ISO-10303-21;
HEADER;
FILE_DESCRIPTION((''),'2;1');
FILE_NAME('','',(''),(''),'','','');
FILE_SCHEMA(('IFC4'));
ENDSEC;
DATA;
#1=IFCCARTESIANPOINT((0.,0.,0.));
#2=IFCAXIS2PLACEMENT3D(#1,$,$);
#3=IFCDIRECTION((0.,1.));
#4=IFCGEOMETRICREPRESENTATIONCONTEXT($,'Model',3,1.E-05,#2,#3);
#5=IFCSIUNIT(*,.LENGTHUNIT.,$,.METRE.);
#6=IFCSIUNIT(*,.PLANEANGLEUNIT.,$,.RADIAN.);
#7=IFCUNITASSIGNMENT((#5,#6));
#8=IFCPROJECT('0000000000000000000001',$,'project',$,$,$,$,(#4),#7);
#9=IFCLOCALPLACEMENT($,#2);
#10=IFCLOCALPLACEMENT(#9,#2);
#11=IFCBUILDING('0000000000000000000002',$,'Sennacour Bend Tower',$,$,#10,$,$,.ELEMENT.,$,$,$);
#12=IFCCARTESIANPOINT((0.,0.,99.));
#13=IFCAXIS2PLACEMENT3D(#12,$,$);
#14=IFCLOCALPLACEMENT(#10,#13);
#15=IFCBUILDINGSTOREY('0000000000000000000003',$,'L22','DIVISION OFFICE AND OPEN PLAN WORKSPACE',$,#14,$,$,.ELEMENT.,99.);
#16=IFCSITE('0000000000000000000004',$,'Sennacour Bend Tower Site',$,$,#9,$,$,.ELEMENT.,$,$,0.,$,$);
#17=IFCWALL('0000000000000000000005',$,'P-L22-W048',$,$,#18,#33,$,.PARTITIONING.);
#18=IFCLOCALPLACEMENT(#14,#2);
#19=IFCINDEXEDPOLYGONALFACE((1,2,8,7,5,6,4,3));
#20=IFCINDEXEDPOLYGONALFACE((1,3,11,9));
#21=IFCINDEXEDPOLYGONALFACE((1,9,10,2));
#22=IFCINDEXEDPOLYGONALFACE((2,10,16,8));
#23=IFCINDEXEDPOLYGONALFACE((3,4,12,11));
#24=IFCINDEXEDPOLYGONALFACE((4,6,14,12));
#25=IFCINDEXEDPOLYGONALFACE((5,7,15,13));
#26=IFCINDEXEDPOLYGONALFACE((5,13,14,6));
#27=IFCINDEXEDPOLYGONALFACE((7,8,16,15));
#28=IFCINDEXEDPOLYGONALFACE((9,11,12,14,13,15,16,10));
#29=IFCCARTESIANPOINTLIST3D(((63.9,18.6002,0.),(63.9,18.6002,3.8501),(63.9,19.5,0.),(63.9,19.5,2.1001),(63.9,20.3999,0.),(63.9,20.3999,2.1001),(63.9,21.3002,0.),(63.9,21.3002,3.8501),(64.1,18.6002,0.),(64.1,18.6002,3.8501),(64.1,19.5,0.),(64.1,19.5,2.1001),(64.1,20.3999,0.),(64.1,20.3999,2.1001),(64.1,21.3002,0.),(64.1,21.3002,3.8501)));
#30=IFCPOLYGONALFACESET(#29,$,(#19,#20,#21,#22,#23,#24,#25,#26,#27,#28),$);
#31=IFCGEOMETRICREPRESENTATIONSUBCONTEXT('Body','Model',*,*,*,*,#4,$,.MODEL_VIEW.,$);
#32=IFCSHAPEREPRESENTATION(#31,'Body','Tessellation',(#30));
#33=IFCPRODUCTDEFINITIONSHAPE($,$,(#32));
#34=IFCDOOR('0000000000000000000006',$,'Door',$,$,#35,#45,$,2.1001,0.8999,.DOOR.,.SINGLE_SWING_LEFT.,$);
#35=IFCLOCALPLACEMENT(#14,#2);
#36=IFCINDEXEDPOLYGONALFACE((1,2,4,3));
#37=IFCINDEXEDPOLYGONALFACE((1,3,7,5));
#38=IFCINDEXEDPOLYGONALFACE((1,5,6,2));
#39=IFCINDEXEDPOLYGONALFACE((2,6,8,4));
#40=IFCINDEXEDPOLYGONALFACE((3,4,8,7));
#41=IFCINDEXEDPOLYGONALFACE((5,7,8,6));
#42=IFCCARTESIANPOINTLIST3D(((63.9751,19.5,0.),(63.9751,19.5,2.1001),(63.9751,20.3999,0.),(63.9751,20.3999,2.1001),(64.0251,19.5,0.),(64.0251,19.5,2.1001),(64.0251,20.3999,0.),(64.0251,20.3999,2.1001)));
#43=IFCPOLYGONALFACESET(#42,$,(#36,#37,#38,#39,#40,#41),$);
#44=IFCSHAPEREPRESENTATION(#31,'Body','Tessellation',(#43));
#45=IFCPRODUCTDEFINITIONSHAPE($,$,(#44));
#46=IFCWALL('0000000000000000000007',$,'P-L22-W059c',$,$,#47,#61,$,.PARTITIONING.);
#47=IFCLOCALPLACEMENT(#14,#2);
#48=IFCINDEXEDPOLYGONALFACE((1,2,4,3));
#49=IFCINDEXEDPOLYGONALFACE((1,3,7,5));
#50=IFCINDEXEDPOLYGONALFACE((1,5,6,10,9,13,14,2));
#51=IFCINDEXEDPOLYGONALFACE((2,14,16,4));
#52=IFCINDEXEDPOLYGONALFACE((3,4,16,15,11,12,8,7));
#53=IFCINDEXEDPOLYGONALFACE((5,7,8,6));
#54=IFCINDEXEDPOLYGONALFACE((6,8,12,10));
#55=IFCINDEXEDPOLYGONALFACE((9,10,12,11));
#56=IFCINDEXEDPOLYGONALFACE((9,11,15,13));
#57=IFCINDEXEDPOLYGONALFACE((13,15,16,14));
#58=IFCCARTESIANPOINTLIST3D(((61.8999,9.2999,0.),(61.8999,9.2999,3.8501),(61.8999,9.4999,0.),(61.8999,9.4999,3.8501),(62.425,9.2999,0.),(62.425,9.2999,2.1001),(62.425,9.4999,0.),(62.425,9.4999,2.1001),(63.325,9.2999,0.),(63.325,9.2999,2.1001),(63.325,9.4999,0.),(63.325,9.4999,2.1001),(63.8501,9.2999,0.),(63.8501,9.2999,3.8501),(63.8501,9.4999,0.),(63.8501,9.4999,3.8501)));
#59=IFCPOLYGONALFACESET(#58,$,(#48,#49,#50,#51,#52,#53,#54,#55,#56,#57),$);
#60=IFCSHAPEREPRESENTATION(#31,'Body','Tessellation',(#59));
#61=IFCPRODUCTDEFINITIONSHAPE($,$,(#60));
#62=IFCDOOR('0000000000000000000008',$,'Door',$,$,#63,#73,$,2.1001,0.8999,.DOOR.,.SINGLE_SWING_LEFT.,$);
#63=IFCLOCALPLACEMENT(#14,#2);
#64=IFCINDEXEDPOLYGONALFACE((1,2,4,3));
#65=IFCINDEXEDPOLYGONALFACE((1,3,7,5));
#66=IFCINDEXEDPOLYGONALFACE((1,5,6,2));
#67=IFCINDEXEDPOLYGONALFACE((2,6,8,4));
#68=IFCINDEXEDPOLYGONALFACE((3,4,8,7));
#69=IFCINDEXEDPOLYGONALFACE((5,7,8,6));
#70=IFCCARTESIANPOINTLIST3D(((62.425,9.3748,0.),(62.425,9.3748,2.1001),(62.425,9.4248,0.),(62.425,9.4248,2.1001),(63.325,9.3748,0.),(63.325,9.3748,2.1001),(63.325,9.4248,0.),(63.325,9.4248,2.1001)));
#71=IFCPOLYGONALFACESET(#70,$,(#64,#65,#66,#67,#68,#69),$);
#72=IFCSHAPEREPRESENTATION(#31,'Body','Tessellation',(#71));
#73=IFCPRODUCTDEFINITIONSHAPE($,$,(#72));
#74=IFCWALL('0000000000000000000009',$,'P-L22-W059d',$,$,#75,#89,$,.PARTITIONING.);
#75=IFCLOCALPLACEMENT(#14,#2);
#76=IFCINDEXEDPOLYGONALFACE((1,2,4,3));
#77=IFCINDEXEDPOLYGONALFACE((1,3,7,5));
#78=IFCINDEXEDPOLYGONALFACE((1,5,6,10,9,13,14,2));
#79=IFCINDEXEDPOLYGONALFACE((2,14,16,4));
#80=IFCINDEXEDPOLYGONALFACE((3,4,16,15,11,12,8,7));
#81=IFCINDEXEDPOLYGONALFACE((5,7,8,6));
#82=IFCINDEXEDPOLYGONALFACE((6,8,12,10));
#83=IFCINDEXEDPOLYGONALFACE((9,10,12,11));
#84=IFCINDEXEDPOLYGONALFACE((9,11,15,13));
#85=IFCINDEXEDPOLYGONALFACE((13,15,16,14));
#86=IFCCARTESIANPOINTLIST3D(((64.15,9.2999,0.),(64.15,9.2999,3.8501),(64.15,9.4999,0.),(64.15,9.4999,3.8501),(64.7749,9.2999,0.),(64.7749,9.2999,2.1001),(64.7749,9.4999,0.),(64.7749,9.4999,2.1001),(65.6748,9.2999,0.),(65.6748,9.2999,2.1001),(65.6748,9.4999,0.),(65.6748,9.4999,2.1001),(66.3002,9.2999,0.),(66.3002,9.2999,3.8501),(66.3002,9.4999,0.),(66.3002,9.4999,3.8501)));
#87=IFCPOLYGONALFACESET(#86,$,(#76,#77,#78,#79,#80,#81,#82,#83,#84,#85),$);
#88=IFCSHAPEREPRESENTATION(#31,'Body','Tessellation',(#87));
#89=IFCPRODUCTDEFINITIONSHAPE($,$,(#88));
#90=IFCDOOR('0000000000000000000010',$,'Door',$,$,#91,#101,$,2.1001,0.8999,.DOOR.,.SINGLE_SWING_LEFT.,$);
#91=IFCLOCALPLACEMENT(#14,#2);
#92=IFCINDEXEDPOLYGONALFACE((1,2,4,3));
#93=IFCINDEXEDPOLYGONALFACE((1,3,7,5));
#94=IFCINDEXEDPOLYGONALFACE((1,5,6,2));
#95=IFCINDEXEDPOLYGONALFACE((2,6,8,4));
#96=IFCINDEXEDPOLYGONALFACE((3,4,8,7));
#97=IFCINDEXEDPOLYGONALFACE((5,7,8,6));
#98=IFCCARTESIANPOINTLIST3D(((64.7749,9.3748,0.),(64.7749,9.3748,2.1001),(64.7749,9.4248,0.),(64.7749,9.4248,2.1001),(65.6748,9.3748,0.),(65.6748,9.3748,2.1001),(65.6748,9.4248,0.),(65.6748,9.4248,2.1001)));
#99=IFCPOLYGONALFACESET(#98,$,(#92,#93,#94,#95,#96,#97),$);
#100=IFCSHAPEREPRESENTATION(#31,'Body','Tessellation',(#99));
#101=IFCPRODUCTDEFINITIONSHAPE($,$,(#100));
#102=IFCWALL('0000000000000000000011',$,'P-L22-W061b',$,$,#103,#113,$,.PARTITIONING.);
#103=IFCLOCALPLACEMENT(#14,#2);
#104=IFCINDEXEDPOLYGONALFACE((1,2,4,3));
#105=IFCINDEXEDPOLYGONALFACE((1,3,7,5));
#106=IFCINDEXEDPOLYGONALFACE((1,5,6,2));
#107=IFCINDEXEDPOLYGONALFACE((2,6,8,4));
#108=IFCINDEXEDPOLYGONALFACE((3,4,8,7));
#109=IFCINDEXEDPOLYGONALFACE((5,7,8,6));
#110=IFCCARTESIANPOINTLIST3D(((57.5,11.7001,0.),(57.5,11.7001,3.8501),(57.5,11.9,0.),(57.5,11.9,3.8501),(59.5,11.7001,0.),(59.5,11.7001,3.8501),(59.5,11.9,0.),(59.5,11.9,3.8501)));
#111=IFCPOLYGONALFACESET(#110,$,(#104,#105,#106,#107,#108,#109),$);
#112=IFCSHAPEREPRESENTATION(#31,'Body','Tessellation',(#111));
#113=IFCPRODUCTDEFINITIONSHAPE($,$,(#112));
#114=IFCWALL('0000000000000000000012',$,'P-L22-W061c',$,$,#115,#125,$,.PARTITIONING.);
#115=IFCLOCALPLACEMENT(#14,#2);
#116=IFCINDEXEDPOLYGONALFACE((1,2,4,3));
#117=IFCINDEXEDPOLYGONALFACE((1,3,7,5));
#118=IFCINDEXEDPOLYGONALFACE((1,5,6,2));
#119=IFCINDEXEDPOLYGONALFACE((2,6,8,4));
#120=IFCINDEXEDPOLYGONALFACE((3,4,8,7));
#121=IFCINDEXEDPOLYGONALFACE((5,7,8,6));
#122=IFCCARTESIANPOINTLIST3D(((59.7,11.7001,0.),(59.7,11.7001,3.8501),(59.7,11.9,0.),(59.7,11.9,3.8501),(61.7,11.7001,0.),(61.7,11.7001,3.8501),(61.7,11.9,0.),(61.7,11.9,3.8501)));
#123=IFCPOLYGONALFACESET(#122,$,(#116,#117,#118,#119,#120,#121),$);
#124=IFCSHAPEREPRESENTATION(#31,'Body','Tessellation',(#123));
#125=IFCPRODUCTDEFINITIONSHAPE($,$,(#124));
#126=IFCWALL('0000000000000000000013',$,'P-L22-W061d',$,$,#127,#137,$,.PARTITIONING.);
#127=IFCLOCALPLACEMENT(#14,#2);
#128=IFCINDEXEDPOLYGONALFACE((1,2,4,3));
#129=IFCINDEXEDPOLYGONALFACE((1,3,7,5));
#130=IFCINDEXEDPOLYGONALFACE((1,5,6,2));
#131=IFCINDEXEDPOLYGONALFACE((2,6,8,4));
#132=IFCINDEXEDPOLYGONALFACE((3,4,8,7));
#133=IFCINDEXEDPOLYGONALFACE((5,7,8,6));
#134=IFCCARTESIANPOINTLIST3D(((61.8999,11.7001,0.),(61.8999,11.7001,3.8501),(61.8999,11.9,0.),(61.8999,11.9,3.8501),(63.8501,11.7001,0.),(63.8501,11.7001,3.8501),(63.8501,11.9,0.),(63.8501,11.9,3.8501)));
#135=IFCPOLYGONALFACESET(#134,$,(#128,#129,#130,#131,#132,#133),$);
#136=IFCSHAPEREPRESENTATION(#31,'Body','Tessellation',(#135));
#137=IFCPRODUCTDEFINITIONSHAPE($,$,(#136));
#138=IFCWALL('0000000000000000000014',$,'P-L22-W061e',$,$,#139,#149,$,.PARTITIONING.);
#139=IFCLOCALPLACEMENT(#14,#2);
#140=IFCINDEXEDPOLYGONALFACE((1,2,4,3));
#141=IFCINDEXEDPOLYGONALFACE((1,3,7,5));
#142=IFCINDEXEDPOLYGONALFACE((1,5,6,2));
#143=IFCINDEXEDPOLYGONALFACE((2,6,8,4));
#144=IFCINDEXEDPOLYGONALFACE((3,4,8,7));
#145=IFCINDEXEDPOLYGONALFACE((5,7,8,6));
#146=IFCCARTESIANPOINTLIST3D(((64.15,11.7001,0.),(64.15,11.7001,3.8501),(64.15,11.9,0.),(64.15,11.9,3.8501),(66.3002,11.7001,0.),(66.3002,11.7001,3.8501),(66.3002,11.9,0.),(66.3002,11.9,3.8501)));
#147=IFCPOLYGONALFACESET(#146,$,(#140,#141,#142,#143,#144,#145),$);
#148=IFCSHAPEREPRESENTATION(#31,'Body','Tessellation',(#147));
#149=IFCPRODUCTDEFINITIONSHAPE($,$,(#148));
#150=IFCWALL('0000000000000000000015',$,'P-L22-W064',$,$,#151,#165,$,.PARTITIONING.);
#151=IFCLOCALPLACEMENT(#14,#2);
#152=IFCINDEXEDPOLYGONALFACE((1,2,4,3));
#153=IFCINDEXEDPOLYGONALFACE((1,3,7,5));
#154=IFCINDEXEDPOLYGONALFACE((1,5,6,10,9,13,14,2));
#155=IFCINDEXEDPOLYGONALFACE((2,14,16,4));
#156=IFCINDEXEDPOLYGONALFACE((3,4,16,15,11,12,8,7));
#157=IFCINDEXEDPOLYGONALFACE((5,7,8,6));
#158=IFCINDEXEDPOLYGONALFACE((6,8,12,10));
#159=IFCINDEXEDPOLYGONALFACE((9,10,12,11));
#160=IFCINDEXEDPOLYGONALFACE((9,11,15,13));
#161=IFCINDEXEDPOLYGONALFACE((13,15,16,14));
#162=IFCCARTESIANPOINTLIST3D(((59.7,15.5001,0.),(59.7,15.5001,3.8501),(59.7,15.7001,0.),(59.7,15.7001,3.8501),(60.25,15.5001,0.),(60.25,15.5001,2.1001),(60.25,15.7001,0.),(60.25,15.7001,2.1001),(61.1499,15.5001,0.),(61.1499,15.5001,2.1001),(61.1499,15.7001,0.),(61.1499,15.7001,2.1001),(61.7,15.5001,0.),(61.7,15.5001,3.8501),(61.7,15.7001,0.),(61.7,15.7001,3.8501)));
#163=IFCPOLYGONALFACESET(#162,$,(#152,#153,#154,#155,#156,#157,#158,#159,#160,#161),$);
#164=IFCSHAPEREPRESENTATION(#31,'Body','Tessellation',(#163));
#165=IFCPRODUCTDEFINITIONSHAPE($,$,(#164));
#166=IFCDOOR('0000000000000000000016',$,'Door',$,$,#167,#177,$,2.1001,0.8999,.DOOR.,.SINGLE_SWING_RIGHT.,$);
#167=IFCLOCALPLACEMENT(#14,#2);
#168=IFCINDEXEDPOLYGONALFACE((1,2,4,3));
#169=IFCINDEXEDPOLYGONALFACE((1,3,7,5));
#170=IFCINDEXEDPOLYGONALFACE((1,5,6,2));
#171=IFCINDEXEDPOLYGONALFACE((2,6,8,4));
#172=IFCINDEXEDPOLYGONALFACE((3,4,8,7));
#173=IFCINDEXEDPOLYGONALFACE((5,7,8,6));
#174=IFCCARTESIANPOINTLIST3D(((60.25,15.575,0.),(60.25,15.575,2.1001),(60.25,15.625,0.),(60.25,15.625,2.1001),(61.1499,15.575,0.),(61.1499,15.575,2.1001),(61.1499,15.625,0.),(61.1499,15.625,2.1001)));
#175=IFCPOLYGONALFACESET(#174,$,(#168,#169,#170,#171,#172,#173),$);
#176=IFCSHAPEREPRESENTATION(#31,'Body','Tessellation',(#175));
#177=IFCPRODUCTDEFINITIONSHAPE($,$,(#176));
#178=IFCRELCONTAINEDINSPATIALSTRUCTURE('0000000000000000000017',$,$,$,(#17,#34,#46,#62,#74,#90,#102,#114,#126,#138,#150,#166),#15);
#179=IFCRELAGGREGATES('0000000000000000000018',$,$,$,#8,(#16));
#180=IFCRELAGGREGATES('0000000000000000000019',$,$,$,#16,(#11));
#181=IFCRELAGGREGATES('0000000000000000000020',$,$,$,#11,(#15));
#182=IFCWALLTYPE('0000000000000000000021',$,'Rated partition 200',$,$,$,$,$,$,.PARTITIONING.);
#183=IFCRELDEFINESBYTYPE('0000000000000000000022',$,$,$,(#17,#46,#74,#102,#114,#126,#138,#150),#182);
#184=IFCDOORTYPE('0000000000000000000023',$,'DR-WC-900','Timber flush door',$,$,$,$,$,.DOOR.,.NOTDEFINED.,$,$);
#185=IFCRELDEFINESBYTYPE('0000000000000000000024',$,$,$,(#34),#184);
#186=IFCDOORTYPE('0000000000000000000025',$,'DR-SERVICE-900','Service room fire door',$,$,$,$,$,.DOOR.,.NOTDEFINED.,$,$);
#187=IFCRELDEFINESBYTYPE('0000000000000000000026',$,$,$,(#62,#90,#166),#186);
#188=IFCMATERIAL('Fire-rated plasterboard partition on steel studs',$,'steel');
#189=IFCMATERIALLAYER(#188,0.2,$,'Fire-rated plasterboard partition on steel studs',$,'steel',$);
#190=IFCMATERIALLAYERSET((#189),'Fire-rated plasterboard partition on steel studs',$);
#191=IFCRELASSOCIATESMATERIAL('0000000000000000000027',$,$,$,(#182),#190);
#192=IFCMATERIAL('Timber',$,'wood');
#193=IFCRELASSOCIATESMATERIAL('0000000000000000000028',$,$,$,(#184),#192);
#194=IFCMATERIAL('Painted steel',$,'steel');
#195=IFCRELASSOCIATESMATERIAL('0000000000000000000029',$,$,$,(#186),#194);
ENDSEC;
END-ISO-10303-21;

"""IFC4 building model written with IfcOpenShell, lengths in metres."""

from ifc_helpers import new_model, si_unit, direction, frame, frame_2d, origin, place, context, subcontext, project, spatial, rectangle, extrude, material, layer, layer_set, type_object, element, fill, save


model = new_model("IFC4")

# Units and contexts
model_context = context("Model", 3, precision=1e-05, world=origin(), true_north=direction((0.0, 1.0)))
body_context = subcontext(model_context, "Body", "Model", "MODEL_VIEW")
ifc_project = project(units=[si_unit("LENGTHUNIT", "METRE"), si_unit("PLANEANGLEUNIT", "RADIAN")], contexts=[model_context])

# Site, building, storey
site_placement = place(None, origin())
site = spatial("IfcSite", under=ifc_project, at=site_placement, Name="Sennacour Bend Tower Site", CompositionType="ELEMENT", RefElevation=0.0)
building_placement = place(site_placement, origin())
building = spatial("IfcBuilding", under=site, at=building_placement, Name="Sennacour Bend Tower", CompositionType="ELEMENT")
storey_placement = place(building_placement, frame((0.0, 0.0, 99.0)))
storey = spatial("IfcBuildingStorey", under=building, at=storey_placement, Name="L22", Description="DIVISION OFFICE AND OPEN PLAN WORKSPACE", CompositionType="ELEMENT", Elevation=99.0)

# Walls, openings, doors
ifc_material_1 = material(Name="Fire-rated plasterboard partition on steel studs", Category="steel")
ifc_layer_1 = layer(ifc_material_1, 0.2, Name="Fire-rated plasterboard partition on steel studs", Category="steel")
ifc_layer_set_1 = layer_set([ifc_layer_1], Name="Fire-rated plasterboard partition on steel studs")
wall_type_1 = type_object("IfcWallType", Name="Rated partition 200", PredefinedType="PARTITIONING", material=ifc_layer_set_1)
wall_1_placement = place(storey_placement, frame((64.0, 18.6001, 0.0), z_axis=(0.0, 0.0, 1.0), x_axis=(0.0, 1.0, 0.0)))
wall_1 = element("IfcWall", 1, at=wall_1_placement, inside=storey, type_object=wall_type_1, Name="P-L22-W048", PredefinedType="PARTITIONING", context=body_context, shape_type="SweptSolid", body=[
    extrude(rectangle(XDim=2.7, YDim=0.2, at=frame_2d((1.3501, 0.0))), origin(), (0.0, 0.0, 1.0), 3.8501),
])
opening_1_placement = place(wall_1_placement, frame((0.8999, 0.0, 0.0)))
opening_1 = element("IfcOpeningElement", 2, at=opening_1_placement, cuts=wall_1, PredefinedType="OPENING", context=body_context, shape_type="SweptSolid", body=[
    extrude(rectangle(XDim=0.8999, YDim=2.1001, at=frame_2d((0.45, 1.05))), frame((0.0, 0.1099, 0.0), z_axis=(0.0, -1.0, 0.0), x_axis=(1.0, 0.0, 0.0)), (0.0, 0.0, 1.0), 0.22),
])
ifc_material_2 = material(Name="Timber", Category="wood")
door_type_1 = type_object("IfcDoorType", Name="DR-WC-900", Description="Timber flush door", OperationType="NOTDEFINED", PredefinedType="DOOR", material=ifc_material_2)
door_1_placement = place(opening_1_placement, origin())
door_1 = element("IfcDoor", 3, at=door_1_placement, inside=storey, type_object=door_type_1, Name="Door", OperationType="SINGLE_SWING_LEFT", OverallHeight=2.1001, OverallWidth=0.8999, PredefinedType="DOOR", context=body_context, shape_type="SweptSolid", body=[
    extrude(rectangle(XDim=0.8999, YDim=2.1001, at=frame_2d((0.45, 1.05))), frame((0.0, 0.0249, 0.0), z_axis=(0.0, -1.0, 0.0), x_axis=(1.0, 0.0, 0.0)), (0.0, 0.0, 1.0), 0.05),
])
fill(opening_1, door_1)
wall_2_placement = place(storey_placement, frame((61.8999, 9.3999, 0.0), z_axis=(0.0, 0.0, 1.0), x_axis=(1.0, 0.0, 0.0)))
wall_2 = element("IfcWall", 4, at=wall_2_placement, inside=storey, type_object=wall_type_1, Name="P-L22-W059c", PredefinedType="PARTITIONING", context=body_context, shape_type="SweptSolid", body=[
    extrude(rectangle(XDim=1.9502, YDim=0.2, at=frame_2d((0.9751, 0.0))), origin(), (0.0, 0.0, 1.0), 3.8501),
])
opening_2_placement = place(wall_2_placement, frame((0.5251, 0.0, 0.0)))
opening_2 = element("IfcOpeningElement", 5, at=opening_2_placement, cuts=wall_2, PredefinedType="OPENING", context=body_context, shape_type="SweptSolid", body=[
    extrude(rectangle(XDim=0.8999, YDim=2.1001, at=frame_2d((0.45, 1.05))), frame((0.0, 0.1099, 0.0), z_axis=(0.0, -1.0, 0.0), x_axis=(1.0, 0.0, 0.0)), (0.0, 0.0, 1.0), 0.22),
])
ifc_material_3 = material(Name="Painted steel", Category="steel")
door_type_2 = type_object("IfcDoorType", Name="DR-SERVICE-900", Description="Service room fire door", OperationType="NOTDEFINED", PredefinedType="DOOR", material=ifc_material_3)
door_2_placement = place(opening_2_placement, origin())
door_2 = element("IfcDoor", 6, at=door_2_placement, inside=storey, type_object=door_type_2, Name="Door", OperationType="SINGLE_SWING_LEFT", OverallHeight=2.1001, OverallWidth=0.8999, PredefinedType="DOOR", context=body_context, shape_type="SweptSolid", body=[
    extrude(rectangle(XDim=0.8999, YDim=2.1001, at=frame_2d((0.45, 1.05))), frame((0.0, 0.0249, 0.0), z_axis=(0.0, -1.0, 0.0), x_axis=(1.0, 0.0, 0.0)), (0.0, 0.0, 1.0), 0.05),
])
fill(opening_2, door_2)
wall_3_placement = place(storey_placement, frame((64.1499, 9.3999, 0.0), z_axis=(0.0, 0.0, 1.0), x_axis=(1.0, 0.0, 0.0)))
wall_3 = element("IfcWall", 7, at=wall_3_placement, inside=storey, type_object=wall_type_1, Name="P-L22-W059d", PredefinedType="PARTITIONING", context=body_context, shape_type="SweptSolid", body=[
    extrude(rectangle(XDim=2.1501, YDim=0.2, at=frame_2d((1.0752, 0.0))), origin(), (0.0, 0.0, 1.0), 3.8501),
])
opening_3_placement = place(wall_3_placement, frame((0.625, 0.0, 0.0)))
opening_3 = element("IfcOpeningElement", 8, at=opening_3_placement, cuts=wall_3, PredefinedType="OPENING", context=body_context, shape_type="SweptSolid", body=[
    extrude(rectangle(XDim=0.8999, YDim=2.1001, at=frame_2d((0.45, 1.05))), frame((0.0, 0.1099, 0.0), z_axis=(0.0, -1.0, 0.0), x_axis=(1.0, 0.0, 0.0)), (0.0, 0.0, 1.0), 0.22),
])
door_3_placement = place(opening_3_placement, origin())
door_3 = element("IfcDoor", 9, at=door_3_placement, inside=storey, type_object=door_type_2, Name="Door", OperationType="SINGLE_SWING_LEFT", OverallHeight=2.1001, OverallWidth=0.8999, PredefinedType="DOOR", context=body_context, shape_type="SweptSolid", body=[
    extrude(rectangle(XDim=0.8999, YDim=2.1001, at=frame_2d((0.45, 1.05))), frame((0.0, 0.0249, 0.0), z_axis=(0.0, -1.0, 0.0), x_axis=(1.0, 0.0, 0.0)), (0.0, 0.0, 1.0), 0.05),
])
fill(opening_3, door_3)

# Walls
for number, where, z_axis, x_axis, name in (
    (10, (57.5, 11.8, 0.0), (0.0, 0.0, 1.0), (1.0, 0.0, 0.0), "P-L22-W061b"),
    (11, (59.7, 11.8, 0.0), (0.0, 0.0, 1.0), (1.0, 0.0, 0.0), "P-L22-W061c"),
):
    element("IfcWall", number, at=place(storey_placement, frame(where, z_axis=z_axis, x_axis=x_axis)), inside=storey, type_object=wall_type_1, Name=name, PredefinedType="PARTITIONING", context=body_context, shape_type="SweptSolid", body=[
        extrude(rectangle(XDim=2.0, YDim=0.2, at=frame_2d((1.0, 0.0))), origin(), (0.0, 0.0, 1.0), 3.8501),
    ])
wall_4_placement = place(storey_placement, frame((61.8999, 11.8, 0.0), z_axis=(0.0, 0.0, 1.0), x_axis=(1.0, 0.0, 0.0)))
element("IfcWall", 12, at=wall_4_placement, inside=storey, type_object=wall_type_1, Name="P-L22-W061d", PredefinedType="PARTITIONING", context=body_context, shape_type="SweptSolid", body=[
    extrude(rectangle(XDim=1.9502, YDim=0.2, at=frame_2d((0.9751, 0.0))), origin(), (0.0, 0.0, 1.0), 3.8501),
])
wall_5_placement = place(storey_placement, frame((64.1499, 11.8, 0.0), z_axis=(0.0, 0.0, 1.0), x_axis=(1.0, 0.0, 0.0)))
element("IfcWall", 13, at=wall_5_placement, inside=storey, type_object=wall_type_1, Name="P-L22-W061e", PredefinedType="PARTITIONING", context=body_context, shape_type="SweptSolid", body=[
    extrude(rectangle(XDim=2.1501, YDim=0.2, at=frame_2d((1.0752, 0.0))), origin(), (0.0, 0.0, 1.0), 3.8501),
])

# Wall, opening, door
wall_6_placement = place(storey_placement, frame((59.7, 15.6001, 0.0), z_axis=(0.0, 0.0, 1.0), x_axis=(1.0, 0.0, 0.0)))
wall_6 = element("IfcWall", 14, at=wall_6_placement, inside=storey, type_object=wall_type_1, Name="P-L22-W064", PredefinedType="PARTITIONING", context=body_context, shape_type="SweptSolid", body=[
    extrude(rectangle(XDim=2.0, YDim=0.2, at=frame_2d((1.0, 0.0))), origin(), (0.0, 0.0, 1.0), 3.8501),
])
opening_4_placement = place(wall_6_placement, frame((0.55, 0.0, 0.0)))
opening_4 = element("IfcOpeningElement", 15, at=opening_4_placement, cuts=wall_6, PredefinedType="OPENING", context=body_context, shape_type="SweptSolid", body=[
    extrude(rectangle(XDim=0.8999, YDim=2.1001, at=frame_2d((0.45, 1.05))), frame((0.0, 0.1099, 0.0), z_axis=(0.0, -1.0, 0.0), x_axis=(1.0, 0.0, 0.0)), (0.0, 0.0, 1.0), 0.22),
])
door_4_placement = place(opening_4_placement, origin())
door_4 = element("IfcDoor", 16, at=door_4_placement, inside=storey, type_object=door_type_2, Name="Door", OperationType="SINGLE_SWING_RIGHT", OverallHeight=2.1001, OverallWidth=0.8999, PredefinedType="DOOR", context=body_context, shape_type="SweptSolid", body=[
    extrude(rectangle(XDim=0.8999, YDim=2.1001, at=frame_2d((0.45, 1.05))), frame((0.0, 0.0249, 0.0), z_axis=(0.0, -1.0, 0.0), x_axis=(1.0, 0.0, 0.0)), (0.0, 0.0, 1.0), 0.05),
])
fill(opening_4, door_4)

save(model, "model.ifc")
